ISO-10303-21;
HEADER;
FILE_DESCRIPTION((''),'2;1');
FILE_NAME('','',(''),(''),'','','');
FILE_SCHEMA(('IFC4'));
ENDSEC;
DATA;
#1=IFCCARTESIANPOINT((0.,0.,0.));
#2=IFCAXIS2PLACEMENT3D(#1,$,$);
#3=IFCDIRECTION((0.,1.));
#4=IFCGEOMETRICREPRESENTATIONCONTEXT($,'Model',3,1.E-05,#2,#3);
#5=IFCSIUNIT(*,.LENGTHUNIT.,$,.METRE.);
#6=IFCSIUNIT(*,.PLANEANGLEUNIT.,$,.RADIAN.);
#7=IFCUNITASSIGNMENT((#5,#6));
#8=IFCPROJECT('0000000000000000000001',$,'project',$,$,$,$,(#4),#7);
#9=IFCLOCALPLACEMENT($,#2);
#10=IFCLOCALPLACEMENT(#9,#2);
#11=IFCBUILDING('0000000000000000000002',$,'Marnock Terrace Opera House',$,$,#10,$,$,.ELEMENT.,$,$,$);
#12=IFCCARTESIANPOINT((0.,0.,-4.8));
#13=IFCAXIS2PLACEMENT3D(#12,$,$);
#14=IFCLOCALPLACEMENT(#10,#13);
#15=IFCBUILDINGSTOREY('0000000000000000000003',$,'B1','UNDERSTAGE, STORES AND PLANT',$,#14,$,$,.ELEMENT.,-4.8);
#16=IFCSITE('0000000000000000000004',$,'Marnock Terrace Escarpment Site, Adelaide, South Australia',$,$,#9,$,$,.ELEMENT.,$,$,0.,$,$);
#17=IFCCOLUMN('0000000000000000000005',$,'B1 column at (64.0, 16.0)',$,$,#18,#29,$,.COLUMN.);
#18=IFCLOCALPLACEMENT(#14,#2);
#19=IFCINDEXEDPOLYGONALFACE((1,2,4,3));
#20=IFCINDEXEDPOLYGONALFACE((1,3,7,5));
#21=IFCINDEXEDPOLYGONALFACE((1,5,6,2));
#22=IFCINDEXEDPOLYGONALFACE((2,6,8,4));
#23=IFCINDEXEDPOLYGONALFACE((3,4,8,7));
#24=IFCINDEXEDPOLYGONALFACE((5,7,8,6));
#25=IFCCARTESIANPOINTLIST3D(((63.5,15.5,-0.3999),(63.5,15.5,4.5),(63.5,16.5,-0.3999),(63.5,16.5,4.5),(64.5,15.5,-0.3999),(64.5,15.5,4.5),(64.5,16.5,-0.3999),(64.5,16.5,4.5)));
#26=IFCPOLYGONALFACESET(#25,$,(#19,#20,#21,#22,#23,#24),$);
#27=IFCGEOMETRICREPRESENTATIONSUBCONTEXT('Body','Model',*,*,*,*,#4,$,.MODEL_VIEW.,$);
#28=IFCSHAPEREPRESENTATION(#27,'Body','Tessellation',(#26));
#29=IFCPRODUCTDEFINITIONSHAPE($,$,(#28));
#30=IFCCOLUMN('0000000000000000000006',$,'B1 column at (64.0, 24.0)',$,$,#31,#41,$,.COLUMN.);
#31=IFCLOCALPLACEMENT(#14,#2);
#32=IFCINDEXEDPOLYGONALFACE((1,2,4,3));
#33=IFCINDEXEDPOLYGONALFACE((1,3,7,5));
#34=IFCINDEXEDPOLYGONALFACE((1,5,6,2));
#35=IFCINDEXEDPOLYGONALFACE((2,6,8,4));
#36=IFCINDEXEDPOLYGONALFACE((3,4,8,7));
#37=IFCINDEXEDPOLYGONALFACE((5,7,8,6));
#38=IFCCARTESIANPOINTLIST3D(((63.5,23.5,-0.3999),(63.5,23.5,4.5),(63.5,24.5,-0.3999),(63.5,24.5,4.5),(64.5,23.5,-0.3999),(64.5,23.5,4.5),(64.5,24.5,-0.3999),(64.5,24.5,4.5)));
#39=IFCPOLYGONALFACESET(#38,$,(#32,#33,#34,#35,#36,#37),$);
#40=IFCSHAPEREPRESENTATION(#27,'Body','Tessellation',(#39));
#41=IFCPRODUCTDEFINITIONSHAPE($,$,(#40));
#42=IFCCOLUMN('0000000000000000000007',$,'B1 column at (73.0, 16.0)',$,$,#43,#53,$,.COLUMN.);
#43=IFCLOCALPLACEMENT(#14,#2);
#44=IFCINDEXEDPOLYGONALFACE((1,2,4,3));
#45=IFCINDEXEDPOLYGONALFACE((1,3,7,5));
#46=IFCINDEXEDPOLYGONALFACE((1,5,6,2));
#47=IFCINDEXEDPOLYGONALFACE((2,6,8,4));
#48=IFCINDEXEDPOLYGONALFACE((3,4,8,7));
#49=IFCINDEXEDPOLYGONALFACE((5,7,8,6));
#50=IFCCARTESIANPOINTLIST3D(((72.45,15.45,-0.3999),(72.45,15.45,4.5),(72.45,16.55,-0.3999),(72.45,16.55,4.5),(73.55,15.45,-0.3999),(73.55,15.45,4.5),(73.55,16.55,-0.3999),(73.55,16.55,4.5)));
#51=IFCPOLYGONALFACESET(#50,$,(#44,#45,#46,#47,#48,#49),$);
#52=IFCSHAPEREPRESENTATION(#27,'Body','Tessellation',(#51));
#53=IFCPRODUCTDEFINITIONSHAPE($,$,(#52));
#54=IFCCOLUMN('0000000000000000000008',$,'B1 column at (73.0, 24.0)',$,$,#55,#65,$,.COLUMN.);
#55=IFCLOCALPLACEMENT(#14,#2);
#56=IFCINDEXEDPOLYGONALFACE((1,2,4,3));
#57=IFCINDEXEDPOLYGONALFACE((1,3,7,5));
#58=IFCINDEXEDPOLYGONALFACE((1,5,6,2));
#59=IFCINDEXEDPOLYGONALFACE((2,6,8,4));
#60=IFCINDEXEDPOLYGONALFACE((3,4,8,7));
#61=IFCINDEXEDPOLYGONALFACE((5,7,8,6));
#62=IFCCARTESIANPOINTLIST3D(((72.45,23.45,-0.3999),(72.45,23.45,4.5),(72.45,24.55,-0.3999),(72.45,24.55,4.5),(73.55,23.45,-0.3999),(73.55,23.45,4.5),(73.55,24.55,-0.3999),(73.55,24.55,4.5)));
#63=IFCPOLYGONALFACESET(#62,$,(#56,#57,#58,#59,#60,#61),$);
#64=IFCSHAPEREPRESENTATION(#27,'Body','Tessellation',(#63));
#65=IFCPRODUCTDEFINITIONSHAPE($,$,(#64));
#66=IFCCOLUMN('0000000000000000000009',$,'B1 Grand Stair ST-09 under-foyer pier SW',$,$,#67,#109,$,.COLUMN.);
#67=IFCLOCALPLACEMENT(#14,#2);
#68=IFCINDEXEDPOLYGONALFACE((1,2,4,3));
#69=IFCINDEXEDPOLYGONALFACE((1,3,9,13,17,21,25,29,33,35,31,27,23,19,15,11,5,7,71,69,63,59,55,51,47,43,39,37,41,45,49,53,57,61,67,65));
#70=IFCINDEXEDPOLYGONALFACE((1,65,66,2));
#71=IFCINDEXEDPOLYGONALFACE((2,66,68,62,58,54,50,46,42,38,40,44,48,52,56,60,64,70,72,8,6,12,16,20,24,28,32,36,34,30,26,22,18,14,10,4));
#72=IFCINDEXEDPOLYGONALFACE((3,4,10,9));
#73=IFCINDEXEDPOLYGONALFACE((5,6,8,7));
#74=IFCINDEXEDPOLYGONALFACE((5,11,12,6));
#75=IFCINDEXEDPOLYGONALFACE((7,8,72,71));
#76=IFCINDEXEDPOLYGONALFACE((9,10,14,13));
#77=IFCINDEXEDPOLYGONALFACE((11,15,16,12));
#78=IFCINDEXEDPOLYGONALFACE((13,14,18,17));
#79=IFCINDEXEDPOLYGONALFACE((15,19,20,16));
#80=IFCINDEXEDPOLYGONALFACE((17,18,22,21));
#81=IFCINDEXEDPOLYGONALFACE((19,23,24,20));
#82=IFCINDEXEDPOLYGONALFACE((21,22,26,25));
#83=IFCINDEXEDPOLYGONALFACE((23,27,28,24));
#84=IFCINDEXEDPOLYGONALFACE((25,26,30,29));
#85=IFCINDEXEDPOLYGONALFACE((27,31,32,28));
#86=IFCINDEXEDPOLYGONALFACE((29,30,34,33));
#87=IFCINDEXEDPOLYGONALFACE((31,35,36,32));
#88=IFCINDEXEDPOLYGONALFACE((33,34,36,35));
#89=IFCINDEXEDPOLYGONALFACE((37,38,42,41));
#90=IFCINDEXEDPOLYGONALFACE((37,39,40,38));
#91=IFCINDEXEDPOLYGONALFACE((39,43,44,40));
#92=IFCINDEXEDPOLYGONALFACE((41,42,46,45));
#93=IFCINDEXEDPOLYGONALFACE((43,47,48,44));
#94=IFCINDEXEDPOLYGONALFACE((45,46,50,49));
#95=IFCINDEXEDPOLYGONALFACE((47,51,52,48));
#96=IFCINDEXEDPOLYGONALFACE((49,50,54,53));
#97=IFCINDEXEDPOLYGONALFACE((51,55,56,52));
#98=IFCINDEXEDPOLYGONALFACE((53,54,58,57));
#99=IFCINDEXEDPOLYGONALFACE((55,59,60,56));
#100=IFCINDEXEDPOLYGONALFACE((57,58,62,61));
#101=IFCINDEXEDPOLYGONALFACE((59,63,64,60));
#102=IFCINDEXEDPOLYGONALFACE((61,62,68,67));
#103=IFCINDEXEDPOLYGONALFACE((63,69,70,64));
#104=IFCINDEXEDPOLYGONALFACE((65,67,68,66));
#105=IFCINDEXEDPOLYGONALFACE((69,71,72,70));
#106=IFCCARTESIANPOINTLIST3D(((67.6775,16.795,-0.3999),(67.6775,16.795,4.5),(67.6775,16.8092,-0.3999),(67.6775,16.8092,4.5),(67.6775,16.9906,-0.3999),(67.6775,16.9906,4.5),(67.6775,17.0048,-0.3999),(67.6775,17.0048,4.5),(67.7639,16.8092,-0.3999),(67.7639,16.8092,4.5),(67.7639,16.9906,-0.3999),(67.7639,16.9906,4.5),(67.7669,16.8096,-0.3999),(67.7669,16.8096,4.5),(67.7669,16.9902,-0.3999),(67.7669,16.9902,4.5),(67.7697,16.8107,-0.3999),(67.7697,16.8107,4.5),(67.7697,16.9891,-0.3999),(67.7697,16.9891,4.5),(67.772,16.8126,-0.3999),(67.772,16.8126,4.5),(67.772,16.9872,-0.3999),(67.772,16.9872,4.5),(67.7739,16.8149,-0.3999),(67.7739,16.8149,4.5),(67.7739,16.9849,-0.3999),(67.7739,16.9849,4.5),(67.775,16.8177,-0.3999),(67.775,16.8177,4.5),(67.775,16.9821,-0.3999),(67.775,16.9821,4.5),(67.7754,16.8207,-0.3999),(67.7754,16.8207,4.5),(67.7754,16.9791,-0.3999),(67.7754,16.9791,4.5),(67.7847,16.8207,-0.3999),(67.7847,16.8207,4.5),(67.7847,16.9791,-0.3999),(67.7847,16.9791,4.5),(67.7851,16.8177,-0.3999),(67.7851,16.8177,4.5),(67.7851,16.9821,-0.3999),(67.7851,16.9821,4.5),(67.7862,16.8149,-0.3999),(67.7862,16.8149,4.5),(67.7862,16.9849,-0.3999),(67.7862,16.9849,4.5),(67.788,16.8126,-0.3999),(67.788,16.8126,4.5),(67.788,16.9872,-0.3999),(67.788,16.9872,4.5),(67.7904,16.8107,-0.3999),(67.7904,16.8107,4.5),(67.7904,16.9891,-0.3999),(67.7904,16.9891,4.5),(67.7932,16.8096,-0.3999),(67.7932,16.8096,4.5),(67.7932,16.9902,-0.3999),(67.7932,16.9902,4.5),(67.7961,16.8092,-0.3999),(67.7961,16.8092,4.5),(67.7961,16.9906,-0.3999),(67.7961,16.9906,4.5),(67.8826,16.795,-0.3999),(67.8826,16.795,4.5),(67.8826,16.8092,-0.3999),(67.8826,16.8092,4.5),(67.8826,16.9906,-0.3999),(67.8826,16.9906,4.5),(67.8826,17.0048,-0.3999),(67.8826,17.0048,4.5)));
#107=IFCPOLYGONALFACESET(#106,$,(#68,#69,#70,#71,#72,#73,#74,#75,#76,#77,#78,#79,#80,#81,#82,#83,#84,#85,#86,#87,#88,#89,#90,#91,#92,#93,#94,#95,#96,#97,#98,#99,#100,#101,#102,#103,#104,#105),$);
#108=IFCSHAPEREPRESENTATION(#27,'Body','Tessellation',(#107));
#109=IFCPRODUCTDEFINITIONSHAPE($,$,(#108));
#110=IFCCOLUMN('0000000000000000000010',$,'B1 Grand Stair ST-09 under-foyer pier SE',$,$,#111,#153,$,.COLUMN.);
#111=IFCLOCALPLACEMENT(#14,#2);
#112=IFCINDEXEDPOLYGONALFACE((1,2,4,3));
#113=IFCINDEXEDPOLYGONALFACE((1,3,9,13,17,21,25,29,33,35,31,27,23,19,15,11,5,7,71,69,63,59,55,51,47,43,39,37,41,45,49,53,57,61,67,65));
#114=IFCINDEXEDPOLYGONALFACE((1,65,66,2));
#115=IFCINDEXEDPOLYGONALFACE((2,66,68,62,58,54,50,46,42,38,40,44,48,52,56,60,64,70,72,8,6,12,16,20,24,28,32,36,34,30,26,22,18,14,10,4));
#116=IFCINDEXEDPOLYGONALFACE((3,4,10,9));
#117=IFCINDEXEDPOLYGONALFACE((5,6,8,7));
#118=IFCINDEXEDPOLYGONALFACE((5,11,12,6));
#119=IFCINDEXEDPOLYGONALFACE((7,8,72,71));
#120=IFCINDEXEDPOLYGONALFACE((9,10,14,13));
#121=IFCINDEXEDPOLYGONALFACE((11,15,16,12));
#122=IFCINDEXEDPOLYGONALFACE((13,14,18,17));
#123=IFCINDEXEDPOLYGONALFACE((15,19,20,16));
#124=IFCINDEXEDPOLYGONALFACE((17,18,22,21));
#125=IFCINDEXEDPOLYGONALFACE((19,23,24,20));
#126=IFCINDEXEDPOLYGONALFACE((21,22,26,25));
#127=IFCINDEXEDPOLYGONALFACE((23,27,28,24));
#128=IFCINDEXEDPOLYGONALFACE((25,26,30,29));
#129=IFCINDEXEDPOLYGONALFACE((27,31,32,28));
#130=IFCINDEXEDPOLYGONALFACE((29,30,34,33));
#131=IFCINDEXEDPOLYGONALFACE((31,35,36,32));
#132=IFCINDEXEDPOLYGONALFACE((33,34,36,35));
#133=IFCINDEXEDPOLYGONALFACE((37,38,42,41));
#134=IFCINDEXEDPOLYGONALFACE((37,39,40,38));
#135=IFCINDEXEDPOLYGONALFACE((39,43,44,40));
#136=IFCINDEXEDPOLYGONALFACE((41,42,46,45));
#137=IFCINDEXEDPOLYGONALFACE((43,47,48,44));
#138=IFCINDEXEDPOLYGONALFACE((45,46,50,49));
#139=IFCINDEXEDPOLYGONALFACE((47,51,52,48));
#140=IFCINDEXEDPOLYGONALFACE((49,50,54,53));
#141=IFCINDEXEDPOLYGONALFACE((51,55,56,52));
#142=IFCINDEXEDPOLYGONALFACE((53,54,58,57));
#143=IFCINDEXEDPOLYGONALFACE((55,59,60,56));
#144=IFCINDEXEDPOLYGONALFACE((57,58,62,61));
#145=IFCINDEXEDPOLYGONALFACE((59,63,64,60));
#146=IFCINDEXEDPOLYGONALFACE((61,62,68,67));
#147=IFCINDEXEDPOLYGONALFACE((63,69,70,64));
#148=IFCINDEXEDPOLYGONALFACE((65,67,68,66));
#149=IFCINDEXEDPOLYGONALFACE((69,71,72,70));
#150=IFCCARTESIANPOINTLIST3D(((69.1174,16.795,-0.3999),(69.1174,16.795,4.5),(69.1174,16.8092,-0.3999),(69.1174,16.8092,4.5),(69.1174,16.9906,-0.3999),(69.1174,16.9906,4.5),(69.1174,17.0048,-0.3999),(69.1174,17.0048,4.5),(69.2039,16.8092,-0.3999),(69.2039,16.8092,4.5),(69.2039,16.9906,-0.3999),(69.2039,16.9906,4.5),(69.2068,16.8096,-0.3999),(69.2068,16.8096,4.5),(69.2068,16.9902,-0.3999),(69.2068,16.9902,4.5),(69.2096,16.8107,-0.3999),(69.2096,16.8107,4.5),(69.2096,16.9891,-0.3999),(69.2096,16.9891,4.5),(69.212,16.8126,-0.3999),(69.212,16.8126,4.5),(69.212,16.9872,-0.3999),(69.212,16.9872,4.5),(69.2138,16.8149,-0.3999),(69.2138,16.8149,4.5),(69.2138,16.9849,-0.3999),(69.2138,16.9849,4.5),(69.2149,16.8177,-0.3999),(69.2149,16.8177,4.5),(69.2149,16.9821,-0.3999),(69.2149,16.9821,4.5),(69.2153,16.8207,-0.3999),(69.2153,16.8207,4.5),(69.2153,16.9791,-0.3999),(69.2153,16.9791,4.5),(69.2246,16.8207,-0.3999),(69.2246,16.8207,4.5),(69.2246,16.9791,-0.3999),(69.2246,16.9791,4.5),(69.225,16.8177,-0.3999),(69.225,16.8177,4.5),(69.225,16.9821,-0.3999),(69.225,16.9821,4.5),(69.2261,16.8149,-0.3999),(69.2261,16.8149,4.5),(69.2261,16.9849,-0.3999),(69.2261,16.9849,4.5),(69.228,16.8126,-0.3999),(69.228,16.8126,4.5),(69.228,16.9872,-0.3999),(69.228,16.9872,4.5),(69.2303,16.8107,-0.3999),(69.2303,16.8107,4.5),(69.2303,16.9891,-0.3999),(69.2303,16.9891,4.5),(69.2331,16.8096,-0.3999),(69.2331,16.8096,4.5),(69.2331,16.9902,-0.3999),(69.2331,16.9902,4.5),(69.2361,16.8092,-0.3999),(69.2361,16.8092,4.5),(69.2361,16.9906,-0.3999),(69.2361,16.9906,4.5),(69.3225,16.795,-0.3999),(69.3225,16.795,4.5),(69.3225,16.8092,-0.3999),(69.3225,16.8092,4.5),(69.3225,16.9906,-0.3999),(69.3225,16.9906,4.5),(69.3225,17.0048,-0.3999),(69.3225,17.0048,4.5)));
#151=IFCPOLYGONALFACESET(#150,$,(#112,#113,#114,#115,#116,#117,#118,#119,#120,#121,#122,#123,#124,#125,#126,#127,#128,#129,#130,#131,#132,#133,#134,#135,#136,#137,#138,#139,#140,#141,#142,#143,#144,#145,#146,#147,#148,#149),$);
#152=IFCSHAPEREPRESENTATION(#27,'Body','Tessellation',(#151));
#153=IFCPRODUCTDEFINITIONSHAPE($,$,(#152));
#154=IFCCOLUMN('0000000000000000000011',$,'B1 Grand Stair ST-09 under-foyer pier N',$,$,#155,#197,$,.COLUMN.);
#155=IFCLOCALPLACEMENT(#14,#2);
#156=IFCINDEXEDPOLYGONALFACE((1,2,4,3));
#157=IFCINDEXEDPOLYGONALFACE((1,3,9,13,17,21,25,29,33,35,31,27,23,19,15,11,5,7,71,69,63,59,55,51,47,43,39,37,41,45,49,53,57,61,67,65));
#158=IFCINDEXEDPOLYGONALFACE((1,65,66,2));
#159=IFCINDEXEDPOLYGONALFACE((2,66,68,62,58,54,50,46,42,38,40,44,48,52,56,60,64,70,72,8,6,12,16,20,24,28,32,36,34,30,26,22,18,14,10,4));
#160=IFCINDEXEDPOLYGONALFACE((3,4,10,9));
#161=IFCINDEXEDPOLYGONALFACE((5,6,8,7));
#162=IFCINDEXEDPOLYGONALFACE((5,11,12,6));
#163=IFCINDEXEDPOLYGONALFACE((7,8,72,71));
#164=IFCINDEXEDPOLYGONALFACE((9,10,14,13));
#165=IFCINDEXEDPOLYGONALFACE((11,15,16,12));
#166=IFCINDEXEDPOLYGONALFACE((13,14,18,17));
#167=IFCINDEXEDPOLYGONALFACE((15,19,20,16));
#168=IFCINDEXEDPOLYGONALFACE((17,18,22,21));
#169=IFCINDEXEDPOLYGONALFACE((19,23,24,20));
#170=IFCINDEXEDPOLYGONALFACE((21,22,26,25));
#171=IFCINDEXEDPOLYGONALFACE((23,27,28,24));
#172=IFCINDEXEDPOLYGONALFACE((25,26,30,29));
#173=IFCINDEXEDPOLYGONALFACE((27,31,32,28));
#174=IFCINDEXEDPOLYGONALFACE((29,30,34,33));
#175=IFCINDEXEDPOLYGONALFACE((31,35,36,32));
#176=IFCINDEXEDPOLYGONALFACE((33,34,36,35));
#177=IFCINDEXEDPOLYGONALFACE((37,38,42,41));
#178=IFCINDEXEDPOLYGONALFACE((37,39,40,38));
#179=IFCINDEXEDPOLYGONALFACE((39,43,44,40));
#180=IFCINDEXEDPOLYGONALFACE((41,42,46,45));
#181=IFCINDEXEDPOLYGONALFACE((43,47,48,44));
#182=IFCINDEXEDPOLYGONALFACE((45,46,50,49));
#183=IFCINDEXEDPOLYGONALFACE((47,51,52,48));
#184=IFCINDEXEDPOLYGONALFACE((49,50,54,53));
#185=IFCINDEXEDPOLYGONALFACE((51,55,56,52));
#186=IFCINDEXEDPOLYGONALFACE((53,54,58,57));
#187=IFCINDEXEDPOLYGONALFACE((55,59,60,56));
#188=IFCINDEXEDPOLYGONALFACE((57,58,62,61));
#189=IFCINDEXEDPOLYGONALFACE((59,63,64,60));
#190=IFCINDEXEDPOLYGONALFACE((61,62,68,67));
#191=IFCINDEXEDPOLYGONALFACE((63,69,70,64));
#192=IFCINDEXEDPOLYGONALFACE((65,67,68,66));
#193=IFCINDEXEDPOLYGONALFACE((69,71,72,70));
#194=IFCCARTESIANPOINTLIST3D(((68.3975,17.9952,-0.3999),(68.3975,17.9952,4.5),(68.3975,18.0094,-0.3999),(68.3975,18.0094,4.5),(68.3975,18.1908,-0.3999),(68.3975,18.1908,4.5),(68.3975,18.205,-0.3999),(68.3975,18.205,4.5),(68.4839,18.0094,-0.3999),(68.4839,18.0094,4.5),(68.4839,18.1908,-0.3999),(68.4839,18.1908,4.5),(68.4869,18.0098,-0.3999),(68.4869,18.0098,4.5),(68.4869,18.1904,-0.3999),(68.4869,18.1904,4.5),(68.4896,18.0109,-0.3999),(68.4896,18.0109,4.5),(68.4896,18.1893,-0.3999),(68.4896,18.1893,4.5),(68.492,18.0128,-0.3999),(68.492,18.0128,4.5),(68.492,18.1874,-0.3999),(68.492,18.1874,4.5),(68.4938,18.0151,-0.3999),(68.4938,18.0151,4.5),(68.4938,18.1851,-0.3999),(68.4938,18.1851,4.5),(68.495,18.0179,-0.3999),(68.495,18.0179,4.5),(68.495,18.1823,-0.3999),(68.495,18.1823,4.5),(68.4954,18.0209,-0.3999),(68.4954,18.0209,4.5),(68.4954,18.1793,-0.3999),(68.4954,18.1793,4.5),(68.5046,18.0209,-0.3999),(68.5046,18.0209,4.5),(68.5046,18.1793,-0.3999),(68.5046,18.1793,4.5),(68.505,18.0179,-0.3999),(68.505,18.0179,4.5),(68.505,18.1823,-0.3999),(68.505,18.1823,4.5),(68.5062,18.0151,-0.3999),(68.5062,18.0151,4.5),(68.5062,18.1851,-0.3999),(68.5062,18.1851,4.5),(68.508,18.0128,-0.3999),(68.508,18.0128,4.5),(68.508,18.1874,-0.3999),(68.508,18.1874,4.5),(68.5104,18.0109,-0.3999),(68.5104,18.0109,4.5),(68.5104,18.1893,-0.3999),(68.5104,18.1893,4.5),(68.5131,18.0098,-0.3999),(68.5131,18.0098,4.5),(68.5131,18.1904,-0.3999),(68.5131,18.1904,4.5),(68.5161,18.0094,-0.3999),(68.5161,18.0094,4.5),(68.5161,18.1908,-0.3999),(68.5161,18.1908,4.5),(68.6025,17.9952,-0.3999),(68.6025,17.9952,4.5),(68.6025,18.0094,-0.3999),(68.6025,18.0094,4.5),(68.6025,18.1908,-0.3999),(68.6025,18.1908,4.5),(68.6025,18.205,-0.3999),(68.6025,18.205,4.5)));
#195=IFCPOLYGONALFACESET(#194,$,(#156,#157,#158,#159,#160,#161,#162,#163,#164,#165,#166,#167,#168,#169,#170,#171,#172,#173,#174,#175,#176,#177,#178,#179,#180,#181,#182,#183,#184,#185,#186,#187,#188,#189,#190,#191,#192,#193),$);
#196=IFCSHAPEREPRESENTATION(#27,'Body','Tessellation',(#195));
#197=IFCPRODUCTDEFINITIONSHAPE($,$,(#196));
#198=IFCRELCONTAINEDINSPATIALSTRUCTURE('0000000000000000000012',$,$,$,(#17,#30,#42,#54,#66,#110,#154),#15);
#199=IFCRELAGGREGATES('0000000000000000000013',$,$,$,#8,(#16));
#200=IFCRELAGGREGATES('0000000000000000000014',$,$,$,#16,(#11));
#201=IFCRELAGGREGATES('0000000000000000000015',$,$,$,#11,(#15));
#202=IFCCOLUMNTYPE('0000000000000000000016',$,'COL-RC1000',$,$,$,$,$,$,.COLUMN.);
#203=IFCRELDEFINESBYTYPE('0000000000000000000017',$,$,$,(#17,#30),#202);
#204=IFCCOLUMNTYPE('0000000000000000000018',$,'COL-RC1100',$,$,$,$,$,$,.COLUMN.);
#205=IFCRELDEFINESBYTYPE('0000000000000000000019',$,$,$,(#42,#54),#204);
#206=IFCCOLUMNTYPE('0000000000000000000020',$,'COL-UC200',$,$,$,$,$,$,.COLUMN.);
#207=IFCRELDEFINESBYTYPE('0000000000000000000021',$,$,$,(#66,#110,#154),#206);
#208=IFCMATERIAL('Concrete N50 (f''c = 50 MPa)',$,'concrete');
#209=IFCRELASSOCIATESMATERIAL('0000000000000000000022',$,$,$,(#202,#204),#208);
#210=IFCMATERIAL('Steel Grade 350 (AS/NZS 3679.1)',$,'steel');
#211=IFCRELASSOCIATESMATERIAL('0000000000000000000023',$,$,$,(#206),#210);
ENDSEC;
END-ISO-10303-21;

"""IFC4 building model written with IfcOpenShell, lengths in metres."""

from ifc_helpers import new_model, si_unit, direction, frame, origin, origin_2d, place, context, subcontext, project, spatial, rectangle, i_section, extrude, material, material_profile, profile_set, type_object, element, save


model = new_model("IFC4")

# Units and contexts
model_context = context("Model", 3, precision=1e-05, world=origin(), true_north=direction((0.0, 1.0)))
body_context = subcontext(model_context, "Body", "Model", "MODEL_VIEW")
ifc_project = project(units=[si_unit("LENGTHUNIT", "METRE"), si_unit("PLANEANGLEUNIT", "RADIAN")], contexts=[model_context])

# Site, building, storey
site_placement = place(None, origin())
site = spatial("IfcSite", under=ifc_project, at=site_placement, Name="Marnock Terrace Escarpment Site, Adelaide, South Australia", CompositionType="ELEMENT", RefElevation=0.0)
building_placement = place(site_placement, origin())
building = spatial("IfcBuilding", under=site, at=building_placement, Name="Marnock Terrace Opera House", CompositionType="ELEMENT")
storey_placement = place(building_placement, frame((0.0, 0.0, -4.8)))
storey = spatial("IfcBuildingStorey", under=building, at=storey_placement, Name="B1", Description="UNDERSTAGE, STORES AND PLANT", CompositionType="ELEMENT", Elevation=-4.8)

# Columns
ifc_material_1 = material(Name="Concrete N50 (f'c = 50 MPa)", Category="concrete")
ifc_material_profile_1 = material_profile(ifc_material_1, rectangle(XDim=1.0, YDim=1.0, at=origin_2d()))
ifc_profile_set_1 = profile_set([ifc_material_profile_1], Name="Concrete N50 (f'c = 50 MPa)")
column_type_1 = type_object("IfcColumnType", Name="COL-RC1000", PredefinedType="COLUMN", material=ifc_profile_set_1)
for number, where, z_axis, x_axis, name in (
    (1, (64.0, 16.0, -0.3999), (0.0, 0.0, 1.0), (1.0, 0.0, 0.0), "B1 column at (64.0, 16.0)"),
    (2, (64.0, 24.0, -0.3999), (0.0, 0.0, 1.0), (1.0, 0.0, 0.0), "B1 column at (64.0, 24.0)"),
):
    element("IfcColumn", number, at=place(storey_placement, frame(where, z_axis=z_axis, x_axis=x_axis)), inside=storey, type_object=column_type_1, Name=name, PredefinedType="COLUMN", context=body_context, shape_type="SweptSolid", body=[
        extrude(rectangle(XDim=1.0, YDim=1.0, at=origin_2d()), origin(), (0.0, 0.0, 1.0), 4.8999),
    ])
ifc_material_profile_2 = material_profile(ifc_material_1, rectangle(XDim=1.1001, YDim=1.1001, at=origin_2d()))
ifc_profile_set_2 = profile_set([ifc_material_profile_2], Name="Concrete N50 (f'c = 50 MPa)")
column_type_2 = type_object("IfcColumnType", Name="COL-RC1100", PredefinedType="COLUMN", material=ifc_profile_set_2)
for number, where, z_axis, x_axis, name in (
    (3, (73.0, 16.0, -0.3999), (0.0, 0.0, 1.0), (1.0, 0.0, 0.0), "B1 column at (73.0, 16.0)"),
    (4, (73.0, 24.0, -0.3999), (0.0, 0.0, 1.0), (1.0, 0.0, 0.0), "B1 column at (73.0, 24.0)"),
):
    element("IfcColumn", number, at=place(storey_placement, frame(where, z_axis=z_axis, x_axis=x_axis)), inside=storey, type_object=column_type_2, Name=name, PredefinedType="COLUMN", context=body_context, shape_type="SweptSolid", body=[
        extrude(rectangle(XDim=1.1001, YDim=1.1001, at=origin_2d()), origin(), (0.0, 0.0, 1.0), 4.8999),
    ])
ifc_material_2 = material(Name="Steel Grade 350 (AS/NZS 3679.1)", Category="steel")
ifc_material_profile_3 = material_profile(ifc_material_2, i_section(OverallWidth=0.2051, OverallDepth=0.2097, WebThickness=0.0093, FlangeThickness=0.0142, FilletRadius=0.0115, at=origin_2d()))
ifc_profile_set_3 = profile_set([ifc_material_profile_3], Name="Steel Grade 350 (AS/NZS 3679.1)")
column_type_3 = type_object("IfcColumnType", Name="COL-UC200", PredefinedType="COLUMN", material=ifc_profile_set_3)
for number, where, z_axis, x_axis, name in (
    (5, (67.78, 16.8999, -0.3999), (0.0, 0.0, 1.0), (1.0, 0.0, 0.0), "B1 Grand Stair ST-09 under-foyer pier SW"),
    (6, (69.22, 16.8999, -0.3999), (0.0, 0.0, 1.0), (1.0, 0.0, 0.0), "B1 Grand Stair ST-09 under-foyer pier SE"),
    (7, (68.5, 18.1001, -0.3999), (0.0, 0.0, 1.0), (1.0, 0.0, 0.0), "B1 Grand Stair ST-09 under-foyer pier N"),
):
    element("IfcColumn", number, at=place(storey_placement, frame(where, z_axis=z_axis, x_axis=x_axis)), inside=storey, type_object=column_type_3, Name=name, PredefinedType="COLUMN", context=body_context, shape_type="SweptSolid", body=[
        extrude(i_section(OverallWidth=0.2051, OverallDepth=0.2097, WebThickness=0.0093, FlangeThickness=0.0142, FilletRadius=0.0115, at=origin_2d()), origin(), (0.0, 0.0, 1.0), 4.8999),
    ])

save(model, "model.ifc")
